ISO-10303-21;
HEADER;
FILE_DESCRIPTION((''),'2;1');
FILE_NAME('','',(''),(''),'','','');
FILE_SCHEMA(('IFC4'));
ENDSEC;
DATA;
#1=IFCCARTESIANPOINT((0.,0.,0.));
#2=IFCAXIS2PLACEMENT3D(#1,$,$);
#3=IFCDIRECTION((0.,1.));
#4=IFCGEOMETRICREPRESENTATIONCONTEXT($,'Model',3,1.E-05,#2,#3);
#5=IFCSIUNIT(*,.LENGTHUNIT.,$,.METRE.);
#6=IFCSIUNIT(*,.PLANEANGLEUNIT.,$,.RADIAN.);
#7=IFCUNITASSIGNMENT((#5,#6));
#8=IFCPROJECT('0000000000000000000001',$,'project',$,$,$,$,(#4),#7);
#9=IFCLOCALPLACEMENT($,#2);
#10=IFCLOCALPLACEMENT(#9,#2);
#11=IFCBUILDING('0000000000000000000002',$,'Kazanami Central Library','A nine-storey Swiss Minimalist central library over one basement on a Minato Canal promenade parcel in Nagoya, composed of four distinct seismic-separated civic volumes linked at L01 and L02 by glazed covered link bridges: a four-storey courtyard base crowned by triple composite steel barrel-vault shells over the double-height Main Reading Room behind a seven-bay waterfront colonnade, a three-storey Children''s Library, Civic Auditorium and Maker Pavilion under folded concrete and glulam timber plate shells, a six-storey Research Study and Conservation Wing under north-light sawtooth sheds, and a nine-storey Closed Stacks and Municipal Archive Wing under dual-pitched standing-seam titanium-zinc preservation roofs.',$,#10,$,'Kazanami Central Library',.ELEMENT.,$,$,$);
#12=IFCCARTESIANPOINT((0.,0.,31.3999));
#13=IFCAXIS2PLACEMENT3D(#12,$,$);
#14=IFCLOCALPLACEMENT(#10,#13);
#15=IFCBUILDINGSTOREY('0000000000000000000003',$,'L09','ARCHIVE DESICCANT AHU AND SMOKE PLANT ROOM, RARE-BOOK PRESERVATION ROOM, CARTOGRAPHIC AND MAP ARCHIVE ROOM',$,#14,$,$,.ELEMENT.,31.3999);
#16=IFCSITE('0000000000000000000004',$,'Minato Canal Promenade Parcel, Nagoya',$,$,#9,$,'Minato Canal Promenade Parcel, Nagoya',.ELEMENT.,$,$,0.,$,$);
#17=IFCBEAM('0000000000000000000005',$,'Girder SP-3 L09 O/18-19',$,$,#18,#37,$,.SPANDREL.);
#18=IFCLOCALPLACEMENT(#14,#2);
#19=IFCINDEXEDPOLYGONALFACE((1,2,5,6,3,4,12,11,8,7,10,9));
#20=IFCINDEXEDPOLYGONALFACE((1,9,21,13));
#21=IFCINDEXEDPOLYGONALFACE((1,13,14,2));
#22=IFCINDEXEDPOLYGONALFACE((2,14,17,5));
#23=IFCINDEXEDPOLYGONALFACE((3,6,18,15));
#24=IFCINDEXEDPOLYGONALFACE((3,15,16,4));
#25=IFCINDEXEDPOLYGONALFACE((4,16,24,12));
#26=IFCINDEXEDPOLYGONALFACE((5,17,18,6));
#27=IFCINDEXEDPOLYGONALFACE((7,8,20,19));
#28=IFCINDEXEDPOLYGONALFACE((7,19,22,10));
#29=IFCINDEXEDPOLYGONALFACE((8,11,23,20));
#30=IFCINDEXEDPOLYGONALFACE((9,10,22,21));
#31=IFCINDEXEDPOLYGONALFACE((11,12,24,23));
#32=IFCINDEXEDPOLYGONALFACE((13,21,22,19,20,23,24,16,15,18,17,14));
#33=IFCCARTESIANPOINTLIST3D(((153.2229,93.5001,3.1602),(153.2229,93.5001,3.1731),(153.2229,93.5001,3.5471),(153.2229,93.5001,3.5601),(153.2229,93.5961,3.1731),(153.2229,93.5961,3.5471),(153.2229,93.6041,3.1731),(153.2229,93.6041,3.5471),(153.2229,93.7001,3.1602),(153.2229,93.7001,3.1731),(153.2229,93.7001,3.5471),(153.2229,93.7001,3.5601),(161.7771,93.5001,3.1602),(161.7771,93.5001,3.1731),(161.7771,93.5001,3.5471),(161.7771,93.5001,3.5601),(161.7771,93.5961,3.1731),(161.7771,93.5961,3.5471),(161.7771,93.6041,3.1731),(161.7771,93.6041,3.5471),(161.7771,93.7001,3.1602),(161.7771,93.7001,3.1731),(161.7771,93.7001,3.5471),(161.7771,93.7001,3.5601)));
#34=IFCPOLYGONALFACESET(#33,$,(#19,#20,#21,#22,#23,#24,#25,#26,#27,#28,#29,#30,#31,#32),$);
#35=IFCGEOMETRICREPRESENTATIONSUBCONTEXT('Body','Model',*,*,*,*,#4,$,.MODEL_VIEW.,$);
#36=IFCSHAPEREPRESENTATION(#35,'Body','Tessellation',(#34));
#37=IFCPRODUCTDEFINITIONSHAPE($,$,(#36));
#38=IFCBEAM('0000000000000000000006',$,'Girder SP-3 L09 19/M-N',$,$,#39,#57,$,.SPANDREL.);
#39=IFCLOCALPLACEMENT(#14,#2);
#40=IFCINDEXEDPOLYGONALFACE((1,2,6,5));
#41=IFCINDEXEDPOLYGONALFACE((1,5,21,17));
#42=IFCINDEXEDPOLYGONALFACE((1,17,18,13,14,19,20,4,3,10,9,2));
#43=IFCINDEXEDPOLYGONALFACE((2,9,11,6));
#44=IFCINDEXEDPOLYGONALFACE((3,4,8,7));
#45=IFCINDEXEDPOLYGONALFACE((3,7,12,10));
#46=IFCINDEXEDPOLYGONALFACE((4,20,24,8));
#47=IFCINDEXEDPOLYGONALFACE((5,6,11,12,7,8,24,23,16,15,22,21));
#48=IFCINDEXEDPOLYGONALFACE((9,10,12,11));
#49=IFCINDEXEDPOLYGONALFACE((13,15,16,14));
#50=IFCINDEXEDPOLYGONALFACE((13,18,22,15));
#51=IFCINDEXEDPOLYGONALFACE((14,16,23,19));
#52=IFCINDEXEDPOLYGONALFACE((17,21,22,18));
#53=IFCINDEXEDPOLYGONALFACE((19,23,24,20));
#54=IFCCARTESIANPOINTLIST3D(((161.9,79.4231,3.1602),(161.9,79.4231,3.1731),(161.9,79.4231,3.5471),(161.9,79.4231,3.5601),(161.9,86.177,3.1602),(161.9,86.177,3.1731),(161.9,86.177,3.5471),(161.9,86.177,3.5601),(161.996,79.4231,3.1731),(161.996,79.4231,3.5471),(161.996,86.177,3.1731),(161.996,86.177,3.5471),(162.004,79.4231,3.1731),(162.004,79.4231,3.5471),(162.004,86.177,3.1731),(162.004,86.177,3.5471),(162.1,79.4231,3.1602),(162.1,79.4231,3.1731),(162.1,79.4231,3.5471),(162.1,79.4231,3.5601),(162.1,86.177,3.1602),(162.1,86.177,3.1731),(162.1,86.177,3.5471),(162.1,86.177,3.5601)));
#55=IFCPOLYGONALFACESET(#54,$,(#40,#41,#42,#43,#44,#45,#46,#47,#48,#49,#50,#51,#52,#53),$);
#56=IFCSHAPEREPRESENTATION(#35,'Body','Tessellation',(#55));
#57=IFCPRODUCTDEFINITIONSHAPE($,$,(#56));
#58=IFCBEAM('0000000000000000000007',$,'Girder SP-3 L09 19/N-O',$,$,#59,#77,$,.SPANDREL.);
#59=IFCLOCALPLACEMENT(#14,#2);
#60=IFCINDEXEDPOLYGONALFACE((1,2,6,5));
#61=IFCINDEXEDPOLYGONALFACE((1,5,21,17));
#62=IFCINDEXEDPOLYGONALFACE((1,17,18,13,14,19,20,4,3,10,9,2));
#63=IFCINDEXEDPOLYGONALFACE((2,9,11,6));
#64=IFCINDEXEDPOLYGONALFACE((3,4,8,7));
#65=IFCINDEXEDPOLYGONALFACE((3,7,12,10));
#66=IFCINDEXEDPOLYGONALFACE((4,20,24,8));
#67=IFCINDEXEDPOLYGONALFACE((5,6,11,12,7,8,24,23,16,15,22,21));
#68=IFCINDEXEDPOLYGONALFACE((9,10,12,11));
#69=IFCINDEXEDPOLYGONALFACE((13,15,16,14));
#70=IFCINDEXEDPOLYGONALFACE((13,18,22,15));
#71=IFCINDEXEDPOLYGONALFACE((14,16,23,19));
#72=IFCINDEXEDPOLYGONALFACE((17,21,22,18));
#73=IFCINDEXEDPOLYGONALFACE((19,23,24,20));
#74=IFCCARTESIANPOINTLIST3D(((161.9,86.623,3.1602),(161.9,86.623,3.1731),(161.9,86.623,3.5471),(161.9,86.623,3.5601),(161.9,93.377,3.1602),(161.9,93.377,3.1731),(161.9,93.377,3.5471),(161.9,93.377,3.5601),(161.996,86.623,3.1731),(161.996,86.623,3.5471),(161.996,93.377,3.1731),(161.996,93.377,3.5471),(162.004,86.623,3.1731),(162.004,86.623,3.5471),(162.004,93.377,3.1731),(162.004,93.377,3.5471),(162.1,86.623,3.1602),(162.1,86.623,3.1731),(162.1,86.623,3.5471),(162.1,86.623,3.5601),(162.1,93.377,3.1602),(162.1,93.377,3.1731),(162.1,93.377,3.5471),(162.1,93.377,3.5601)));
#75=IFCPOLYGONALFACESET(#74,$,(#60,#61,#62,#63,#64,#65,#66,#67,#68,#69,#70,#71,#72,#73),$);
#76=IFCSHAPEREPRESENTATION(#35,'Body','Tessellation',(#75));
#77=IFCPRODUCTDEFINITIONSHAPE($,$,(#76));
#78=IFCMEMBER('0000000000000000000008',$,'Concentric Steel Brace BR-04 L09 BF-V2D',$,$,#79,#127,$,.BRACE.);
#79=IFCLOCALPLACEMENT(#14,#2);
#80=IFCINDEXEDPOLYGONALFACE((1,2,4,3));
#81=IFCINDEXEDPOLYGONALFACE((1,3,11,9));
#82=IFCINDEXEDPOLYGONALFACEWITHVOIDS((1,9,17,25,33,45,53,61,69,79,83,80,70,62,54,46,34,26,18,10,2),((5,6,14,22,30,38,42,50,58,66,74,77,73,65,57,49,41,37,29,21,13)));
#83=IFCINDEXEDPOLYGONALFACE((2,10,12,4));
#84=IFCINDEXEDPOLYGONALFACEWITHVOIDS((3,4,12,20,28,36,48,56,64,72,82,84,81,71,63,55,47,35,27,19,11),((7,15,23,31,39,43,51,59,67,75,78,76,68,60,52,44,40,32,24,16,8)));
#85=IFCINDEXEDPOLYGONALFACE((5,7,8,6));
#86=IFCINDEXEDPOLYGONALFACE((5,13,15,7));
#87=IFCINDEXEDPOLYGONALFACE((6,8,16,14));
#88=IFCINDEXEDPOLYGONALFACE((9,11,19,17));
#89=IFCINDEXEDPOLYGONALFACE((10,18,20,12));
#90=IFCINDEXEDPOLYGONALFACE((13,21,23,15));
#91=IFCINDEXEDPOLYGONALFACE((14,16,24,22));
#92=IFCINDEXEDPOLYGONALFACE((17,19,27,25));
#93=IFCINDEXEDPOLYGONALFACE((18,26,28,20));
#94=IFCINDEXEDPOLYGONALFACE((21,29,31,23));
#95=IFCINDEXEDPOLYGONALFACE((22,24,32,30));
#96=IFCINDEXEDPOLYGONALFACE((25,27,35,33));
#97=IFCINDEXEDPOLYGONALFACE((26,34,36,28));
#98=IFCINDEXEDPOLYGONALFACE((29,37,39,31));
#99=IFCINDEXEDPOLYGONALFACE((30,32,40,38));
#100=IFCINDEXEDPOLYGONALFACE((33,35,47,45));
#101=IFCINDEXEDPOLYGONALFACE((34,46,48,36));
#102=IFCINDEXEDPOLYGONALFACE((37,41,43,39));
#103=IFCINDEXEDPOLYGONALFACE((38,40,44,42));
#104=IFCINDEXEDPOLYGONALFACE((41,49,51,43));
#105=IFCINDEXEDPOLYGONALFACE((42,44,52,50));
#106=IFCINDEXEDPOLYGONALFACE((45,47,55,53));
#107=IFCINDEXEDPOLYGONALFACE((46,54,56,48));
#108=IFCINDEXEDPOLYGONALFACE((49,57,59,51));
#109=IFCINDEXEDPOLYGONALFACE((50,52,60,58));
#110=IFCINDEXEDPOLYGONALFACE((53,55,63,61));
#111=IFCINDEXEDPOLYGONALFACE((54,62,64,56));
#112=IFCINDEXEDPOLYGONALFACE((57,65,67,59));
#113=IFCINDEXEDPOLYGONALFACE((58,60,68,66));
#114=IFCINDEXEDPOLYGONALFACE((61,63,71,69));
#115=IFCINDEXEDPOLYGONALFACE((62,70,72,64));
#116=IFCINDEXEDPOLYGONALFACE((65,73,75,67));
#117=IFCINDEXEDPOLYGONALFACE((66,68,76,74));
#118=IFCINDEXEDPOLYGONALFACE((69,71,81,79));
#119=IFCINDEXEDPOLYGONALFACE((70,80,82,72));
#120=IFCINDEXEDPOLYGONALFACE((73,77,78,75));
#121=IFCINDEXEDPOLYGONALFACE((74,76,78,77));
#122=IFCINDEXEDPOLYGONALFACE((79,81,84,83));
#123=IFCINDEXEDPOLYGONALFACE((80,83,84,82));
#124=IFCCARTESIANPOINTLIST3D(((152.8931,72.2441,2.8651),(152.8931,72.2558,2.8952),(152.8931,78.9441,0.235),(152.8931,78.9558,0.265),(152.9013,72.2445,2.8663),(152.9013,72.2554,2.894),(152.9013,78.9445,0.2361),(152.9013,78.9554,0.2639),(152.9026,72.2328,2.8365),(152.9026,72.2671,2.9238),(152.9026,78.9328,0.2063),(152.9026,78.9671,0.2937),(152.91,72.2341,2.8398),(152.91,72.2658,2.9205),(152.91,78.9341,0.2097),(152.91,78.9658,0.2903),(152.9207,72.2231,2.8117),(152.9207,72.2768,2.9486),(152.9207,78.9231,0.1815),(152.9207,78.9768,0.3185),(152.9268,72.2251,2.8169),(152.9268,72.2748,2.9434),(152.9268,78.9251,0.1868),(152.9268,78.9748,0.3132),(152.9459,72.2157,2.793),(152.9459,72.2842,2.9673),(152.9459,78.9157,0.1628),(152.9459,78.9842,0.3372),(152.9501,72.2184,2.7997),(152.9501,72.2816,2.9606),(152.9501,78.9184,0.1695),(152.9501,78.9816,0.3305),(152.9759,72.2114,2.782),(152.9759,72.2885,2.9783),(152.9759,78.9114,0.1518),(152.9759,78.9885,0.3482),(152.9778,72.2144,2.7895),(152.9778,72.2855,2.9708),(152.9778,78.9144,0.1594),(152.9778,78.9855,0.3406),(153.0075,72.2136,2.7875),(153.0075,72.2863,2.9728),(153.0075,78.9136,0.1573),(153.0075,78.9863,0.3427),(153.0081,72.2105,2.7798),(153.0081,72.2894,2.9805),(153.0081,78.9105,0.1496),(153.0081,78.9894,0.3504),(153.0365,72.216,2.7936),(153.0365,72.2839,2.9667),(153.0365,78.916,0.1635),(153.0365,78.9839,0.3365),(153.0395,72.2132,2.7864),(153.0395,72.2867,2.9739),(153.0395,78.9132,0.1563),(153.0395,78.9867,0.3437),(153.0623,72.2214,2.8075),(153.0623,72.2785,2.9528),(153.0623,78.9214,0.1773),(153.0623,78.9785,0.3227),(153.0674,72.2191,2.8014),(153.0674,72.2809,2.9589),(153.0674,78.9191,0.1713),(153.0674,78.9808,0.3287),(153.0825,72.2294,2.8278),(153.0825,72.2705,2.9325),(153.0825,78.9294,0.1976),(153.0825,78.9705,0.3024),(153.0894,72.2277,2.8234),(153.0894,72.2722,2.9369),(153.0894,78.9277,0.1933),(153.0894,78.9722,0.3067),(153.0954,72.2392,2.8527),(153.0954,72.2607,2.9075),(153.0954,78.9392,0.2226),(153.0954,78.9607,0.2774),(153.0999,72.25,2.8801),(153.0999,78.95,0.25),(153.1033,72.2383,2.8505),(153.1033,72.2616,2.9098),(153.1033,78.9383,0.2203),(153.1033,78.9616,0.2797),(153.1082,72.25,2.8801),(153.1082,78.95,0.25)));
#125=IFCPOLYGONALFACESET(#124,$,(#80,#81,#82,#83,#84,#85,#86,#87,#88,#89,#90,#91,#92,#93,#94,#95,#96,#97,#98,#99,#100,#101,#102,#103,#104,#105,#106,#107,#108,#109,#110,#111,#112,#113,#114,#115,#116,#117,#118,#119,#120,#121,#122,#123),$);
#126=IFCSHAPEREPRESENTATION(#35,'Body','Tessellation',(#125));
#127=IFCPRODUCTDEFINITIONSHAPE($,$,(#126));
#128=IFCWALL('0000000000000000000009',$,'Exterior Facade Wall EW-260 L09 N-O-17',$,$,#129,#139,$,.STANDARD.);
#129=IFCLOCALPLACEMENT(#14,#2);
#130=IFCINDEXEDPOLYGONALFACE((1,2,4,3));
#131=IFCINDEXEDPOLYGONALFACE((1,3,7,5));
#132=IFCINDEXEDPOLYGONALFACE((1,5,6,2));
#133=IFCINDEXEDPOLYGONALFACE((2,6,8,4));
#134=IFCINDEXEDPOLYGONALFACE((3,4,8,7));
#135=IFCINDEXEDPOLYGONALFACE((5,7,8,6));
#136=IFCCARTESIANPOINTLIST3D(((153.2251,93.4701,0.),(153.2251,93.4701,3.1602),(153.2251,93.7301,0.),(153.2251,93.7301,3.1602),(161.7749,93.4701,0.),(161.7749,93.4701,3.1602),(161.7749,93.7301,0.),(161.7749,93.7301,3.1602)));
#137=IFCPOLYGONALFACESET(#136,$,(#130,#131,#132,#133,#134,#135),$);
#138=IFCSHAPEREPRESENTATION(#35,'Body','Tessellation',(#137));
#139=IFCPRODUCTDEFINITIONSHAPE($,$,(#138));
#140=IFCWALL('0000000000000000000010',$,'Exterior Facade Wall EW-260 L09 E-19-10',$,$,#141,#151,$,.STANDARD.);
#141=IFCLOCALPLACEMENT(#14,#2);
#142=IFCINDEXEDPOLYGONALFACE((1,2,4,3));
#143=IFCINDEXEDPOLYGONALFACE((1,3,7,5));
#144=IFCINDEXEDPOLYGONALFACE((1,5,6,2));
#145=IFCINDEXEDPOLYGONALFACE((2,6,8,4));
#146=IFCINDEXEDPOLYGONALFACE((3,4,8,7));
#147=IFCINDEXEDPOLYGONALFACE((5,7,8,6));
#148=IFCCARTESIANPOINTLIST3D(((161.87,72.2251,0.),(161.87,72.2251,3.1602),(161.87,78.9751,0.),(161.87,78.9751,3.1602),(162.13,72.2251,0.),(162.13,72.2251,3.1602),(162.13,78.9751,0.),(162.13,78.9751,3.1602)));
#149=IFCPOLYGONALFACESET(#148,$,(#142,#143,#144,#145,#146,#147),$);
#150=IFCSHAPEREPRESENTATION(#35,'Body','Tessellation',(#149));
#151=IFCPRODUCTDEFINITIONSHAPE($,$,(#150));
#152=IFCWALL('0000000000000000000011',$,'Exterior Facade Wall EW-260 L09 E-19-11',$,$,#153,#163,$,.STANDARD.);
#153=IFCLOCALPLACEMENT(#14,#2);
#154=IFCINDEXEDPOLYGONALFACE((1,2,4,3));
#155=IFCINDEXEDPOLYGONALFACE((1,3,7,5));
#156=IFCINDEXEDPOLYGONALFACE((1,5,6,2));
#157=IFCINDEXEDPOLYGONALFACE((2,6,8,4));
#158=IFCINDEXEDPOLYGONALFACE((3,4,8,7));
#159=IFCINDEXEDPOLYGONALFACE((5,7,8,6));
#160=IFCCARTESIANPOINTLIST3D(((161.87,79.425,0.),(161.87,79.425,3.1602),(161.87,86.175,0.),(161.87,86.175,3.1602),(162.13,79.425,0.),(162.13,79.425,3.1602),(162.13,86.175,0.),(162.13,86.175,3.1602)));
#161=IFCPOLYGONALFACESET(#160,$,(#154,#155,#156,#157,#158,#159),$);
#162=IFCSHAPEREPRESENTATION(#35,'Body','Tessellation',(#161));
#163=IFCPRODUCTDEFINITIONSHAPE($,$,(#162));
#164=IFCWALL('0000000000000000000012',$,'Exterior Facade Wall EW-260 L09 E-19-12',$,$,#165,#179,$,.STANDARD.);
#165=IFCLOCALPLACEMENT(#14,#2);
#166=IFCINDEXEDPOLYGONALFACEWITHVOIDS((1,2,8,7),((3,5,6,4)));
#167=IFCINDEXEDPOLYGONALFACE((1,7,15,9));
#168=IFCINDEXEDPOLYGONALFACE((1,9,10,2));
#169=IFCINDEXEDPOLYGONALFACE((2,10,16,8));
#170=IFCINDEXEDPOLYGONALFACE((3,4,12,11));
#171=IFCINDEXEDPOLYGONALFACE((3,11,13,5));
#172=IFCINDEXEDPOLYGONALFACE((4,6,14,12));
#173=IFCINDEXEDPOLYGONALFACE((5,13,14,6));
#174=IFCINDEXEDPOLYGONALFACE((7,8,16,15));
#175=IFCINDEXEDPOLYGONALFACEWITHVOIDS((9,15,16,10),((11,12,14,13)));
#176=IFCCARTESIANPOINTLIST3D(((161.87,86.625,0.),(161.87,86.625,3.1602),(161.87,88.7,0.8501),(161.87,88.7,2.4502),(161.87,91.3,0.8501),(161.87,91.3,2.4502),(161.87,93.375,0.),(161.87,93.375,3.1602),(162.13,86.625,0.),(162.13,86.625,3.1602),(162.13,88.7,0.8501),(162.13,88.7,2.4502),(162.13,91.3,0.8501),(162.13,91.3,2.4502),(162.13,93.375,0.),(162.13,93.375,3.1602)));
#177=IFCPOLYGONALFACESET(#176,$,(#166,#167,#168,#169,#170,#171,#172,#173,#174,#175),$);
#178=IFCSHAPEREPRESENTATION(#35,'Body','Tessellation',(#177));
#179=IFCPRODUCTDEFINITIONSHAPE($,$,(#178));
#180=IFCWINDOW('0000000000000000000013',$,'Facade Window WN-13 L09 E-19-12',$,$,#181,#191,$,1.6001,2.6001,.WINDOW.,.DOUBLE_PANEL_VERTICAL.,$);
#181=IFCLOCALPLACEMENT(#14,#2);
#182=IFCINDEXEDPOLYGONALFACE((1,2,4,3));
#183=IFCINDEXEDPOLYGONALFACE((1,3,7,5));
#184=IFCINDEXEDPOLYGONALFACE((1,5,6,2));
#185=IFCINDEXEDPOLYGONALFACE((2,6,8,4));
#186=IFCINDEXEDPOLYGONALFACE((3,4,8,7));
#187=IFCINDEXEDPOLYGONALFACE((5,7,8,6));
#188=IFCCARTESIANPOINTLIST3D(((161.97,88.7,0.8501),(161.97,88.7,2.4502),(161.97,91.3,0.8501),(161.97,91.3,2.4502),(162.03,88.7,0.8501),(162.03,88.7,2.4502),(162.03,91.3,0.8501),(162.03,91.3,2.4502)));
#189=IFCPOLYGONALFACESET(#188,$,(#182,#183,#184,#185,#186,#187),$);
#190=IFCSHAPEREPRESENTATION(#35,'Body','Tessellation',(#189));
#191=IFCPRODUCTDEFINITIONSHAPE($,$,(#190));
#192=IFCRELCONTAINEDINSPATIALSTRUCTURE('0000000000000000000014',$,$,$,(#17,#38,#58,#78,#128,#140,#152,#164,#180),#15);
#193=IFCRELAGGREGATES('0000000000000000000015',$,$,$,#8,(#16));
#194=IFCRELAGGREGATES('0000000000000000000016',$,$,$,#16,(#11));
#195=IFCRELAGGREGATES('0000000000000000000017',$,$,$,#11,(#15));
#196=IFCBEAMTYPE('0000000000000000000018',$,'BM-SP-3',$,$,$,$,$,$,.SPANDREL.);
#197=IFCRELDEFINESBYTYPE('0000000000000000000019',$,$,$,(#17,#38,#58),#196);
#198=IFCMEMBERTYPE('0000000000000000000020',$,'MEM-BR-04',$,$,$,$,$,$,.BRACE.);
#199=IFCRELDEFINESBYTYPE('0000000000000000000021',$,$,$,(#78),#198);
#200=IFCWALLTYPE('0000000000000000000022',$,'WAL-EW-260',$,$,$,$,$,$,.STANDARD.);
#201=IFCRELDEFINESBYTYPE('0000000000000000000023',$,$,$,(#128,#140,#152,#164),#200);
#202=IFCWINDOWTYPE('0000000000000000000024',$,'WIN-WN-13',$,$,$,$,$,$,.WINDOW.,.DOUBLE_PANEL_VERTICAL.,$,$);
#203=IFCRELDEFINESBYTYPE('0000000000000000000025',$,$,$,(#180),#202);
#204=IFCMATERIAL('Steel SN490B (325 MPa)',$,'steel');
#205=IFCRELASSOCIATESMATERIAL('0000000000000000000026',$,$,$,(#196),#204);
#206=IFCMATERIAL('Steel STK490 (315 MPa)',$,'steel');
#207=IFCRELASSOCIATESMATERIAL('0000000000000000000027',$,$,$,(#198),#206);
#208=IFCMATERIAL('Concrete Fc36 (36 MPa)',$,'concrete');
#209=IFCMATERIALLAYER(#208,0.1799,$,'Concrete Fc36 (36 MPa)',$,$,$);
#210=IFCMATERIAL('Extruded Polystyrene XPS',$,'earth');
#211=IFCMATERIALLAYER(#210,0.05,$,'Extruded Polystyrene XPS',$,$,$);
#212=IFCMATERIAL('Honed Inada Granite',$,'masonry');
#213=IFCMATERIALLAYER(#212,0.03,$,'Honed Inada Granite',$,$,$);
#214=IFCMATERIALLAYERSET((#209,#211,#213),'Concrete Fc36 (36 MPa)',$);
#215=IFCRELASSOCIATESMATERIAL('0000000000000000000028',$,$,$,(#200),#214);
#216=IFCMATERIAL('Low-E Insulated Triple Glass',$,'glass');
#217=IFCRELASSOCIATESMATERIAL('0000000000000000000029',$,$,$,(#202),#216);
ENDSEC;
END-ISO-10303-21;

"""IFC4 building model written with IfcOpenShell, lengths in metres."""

from ifc_helpers import new_model, si_unit, direction, frame, frame_2d, origin, origin_2d, place, context, subcontext, project, spatial, rectangle, hollow_circle, i_section, extrude, material, layer, layer_set, material_profile, profile_set, type_object, element, fill, save


model = new_model("IFC4")

# Units and contexts
model_context = context("Model", 3, precision=1e-05, world=origin(), true_north=direction((0.0, 1.0)))
body_context = subcontext(model_context, "Body", "Model", "MODEL_VIEW")
ifc_project = project(units=[si_unit("LENGTHUNIT", "METRE"), si_unit("PLANEANGLEUNIT", "RADIAN")], contexts=[model_context])

# Site, building, storey
site_placement = place(None, origin())
site = spatial("IfcSite", under=ifc_project, at=site_placement, Name="Minato Canal Promenade Parcel, Nagoya", LongName="Minato Canal Promenade Parcel, Nagoya", CompositionType="ELEMENT", RefElevation=0.0)
building_placement = place(site_placement, origin())
building = spatial("IfcBuilding", under=site, at=building_placement, Name="Kazanami Central Library", Description="A nine-storey Swiss Minimalist central library over one basement on a Minato Canal promenade parcel in Nagoya, composed of four distinct seismic-separated civic volumes linked at L01 and L02 by glazed covered link bridges: a four-storey courtyard base crowned by triple composite steel barrel-vault shells over the double-height Main Reading Room behind a seven-bay waterfront colonnade, a three-storey Children's Library, Civic Auditorium and Maker Pavilion under folded concrete and glulam timber plate shells, a six-storey Research Study and Conservation Wing under north-light sawtooth sheds, and a nine-storey Closed Stacks and Municipal Archive Wing under dual-pitched standing-seam titanium-zinc preservation roofs.", LongName="Kazanami Central Library", CompositionType="ELEMENT")
storey_placement = place(building_placement, frame((0.0, 0.0, 31.3999)))
storey = spatial("IfcBuildingStorey", under=building, at=storey_placement, Name="L09", Description="ARCHIVE DESICCANT AHU AND SMOKE PLANT ROOM, RARE-BOOK PRESERVATION ROOM, CARTOGRAPHIC AND MAP ARCHIVE ROOM", CompositionType="ELEMENT", Elevation=31.3999)

# Beams
ifc_material_1 = material(Name="Steel SN490B (325 MPa)", Category="steel")
ifc_material_profile_1 = material_profile(ifc_material_1, i_section(OverallWidth=0.2, OverallDepth=0.3999, WebThickness=0.0081, FlangeThickness=0.0129, at=origin_2d()), Name="H-400x200x8x13")
ifc_profile_set_1 = profile_set([ifc_material_profile_1], Name="Steel SN490B (325 MPa)")
beam_type_1 = type_object("IfcBeamType", Name="BM-SP-3", PredefinedType="SPANDREL", material=ifc_profile_set_1)
beam_1_placement = place(storey_placement, frame((153.2229, 93.6001, 3.3601), z_axis=(1.0, 0.0, 0.0), x_axis=(0.0, 1.0, 0.0)))
element("IfcBeam", 1, at=beam_1_placement, inside=storey, type_object=beam_type_1, Name="Girder SP-3 L09 O/18-19", PredefinedType="SPANDREL", context=body_context, shape_type="SweptSolid", body=[
    extrude(i_section(OverallWidth=0.2, OverallDepth=0.3999, WebThickness=0.0081, FlangeThickness=0.0129, at=origin_2d()), origin(), (0.0, 0.0, 1.0), 8.5542),
])
for number, where, z_axis, x_axis, name in (
    (2, (162.0, 79.4231, 3.3601), (0.0, 1.0, 0.0), (-1.0, 0.0, 0.0), "Girder SP-3 L09 19/M-N"),
    (3, (162.0, 86.623, 3.3601), (0.0, 1.0, 0.0), (-1.0, 0.0, 0.0), "Girder SP-3 L09 19/N-O"),
):
    element("IfcBeam", number, at=place(storey_placement, frame(where, z_axis=z_axis, x_axis=x_axis)), inside=storey, type_object=beam_type_1, Name=name, PredefinedType="SPANDREL", context=body_context, shape_type="SweptSolid", body=[
        extrude(i_section(OverallWidth=0.2, OverallDepth=0.3999, WebThickness=0.0081, FlangeThickness=0.0129, at=origin_2d()), origin(), (0.0, 0.0, 1.0), 6.7539),
    ])

# Member
ifc_material_2 = material(Name="Steel STK490 (315 MPa)", Category="steel")
ifc_material_profile_2 = material_profile(ifc_material_2, hollow_circle(Radius=0.1082, WallThickness=0.0083, at=origin_2d()), Name="CHS-216.3x8.2")
ifc_profile_set_2 = profile_set([ifc_material_profile_2], Name="Steel STK490 (315 MPa)")
member_type = type_object("IfcMemberType", Name="MEM-BR-04", PredefinedType="BRACE", material=ifc_profile_set_2)
member_placement = place(storey_placement, frame((153.0, 78.95, 0.25), z_axis=(0.0, -0.930846, 0.365412), x_axis=(1.0, 0.0, 0.0)))
element("IfcMember", 4, at=member_placement, inside=storey, type_object=member_type, Name="Concentric Steel Brace BR-04 L09 BF-V2D", PredefinedType="BRACE", context=body_context, shape_type="SweptSolid", body=[
    extrude(hollow_circle(Radius=0.1082, WallThickness=0.0083, at=origin_2d()), origin(), (0.0, 0.0, 1.0), 7.1978),
])

# Walls
ifc_material_3 = material(Name="Concrete Fc36 (36 MPa)", Category="concrete")
ifc_layer_1 = layer(ifc_material_3, 0.1799, Name="Concrete Fc36 (36 MPa)")
ifc_material_4 = material(Name="Extruded Polystyrene XPS", Category="earth")
ifc_layer_2 = layer(ifc_material_4, 0.05, Name="Extruded Polystyrene XPS")
ifc_material_5 = material(Name="Honed Inada Granite", Category="masonry")
ifc_layer_3 = layer(ifc_material_5, 0.03, Name="Honed Inada Granite")
ifc_layer_set_1 = layer_set([ifc_layer_1, ifc_layer_2, ifc_layer_3], Name="Concrete Fc36 (36 MPa)")
wall_type_1 = type_object("IfcWallType", Name="WAL-EW-260", PredefinedType="STANDARD", material=ifc_layer_set_1)
wall_1_placement = place(storey_placement, frame((161.7749, 93.6001, 0.0), z_axis=(0.0, 0.0, 1.0), x_axis=(-1.0, 0.0, 0.0)))
element("IfcWall", 5, at=wall_1_placement, inside=storey, type_object=wall_type_1, Name="Exterior Facade Wall EW-260 L09 N-O-17", PredefinedType="STANDARD", context=body_context, shape_type="SweptSolid", body=[
    extrude(rectangle(XDim=8.5498, YDim=0.26, at=frame_2d((4.2749, 0.0))), origin(), (0.0, 0.0, 1.0), 3.1602),
])
for number, where, z_axis, x_axis, name in (
    (6, (162.0, 78.9751, 0.0), (0.0, 0.0, 1.0), (0.0, -1.0, 0.0), "Exterior Facade Wall EW-260 L09 E-19-10"),
    (7, (162.0, 86.175, 0.0), (0.0, 0.0, 1.0), (0.0, -1.0, 0.0), "Exterior Facade Wall EW-260 L09 E-19-11"),
):
    element("IfcWall", number, at=place(storey_placement, frame(where, z_axis=z_axis, x_axis=x_axis)), inside=storey, type_object=wall_type_1, Name=name, PredefinedType="STANDARD", context=body_context, shape_type="SweptSolid", body=[
        extrude(rectangle(XDim=6.75, YDim=0.26, at=frame_2d((3.375, 0.0))), origin(), (0.0, 0.0, 1.0), 3.1602),
    ])

# Wall, opening, window
wall_2_placement = place(storey_placement, frame((162.0, 93.375, 0.0), z_axis=(0.0, 0.0, 1.0), x_axis=(0.0, -1.0, 0.0)))
wall_2 = element("IfcWall", 8, at=wall_2_placement, inside=storey, type_object=wall_type_1, Name="Exterior Facade Wall EW-260 L09 E-19-12", PredefinedType="STANDARD", context=body_context, shape_type="SweptSolid", body=[
    extrude(rectangle(XDim=6.75, YDim=0.26, at=frame_2d((3.375, 0.0))), origin(), (0.0, 0.0, 1.0), 3.1602),
])
opening_1_placement = place(wall_2_placement, frame((2.075, 0.0, 0.8501)))
opening_1 = element("IfcOpeningElement", 9, at=opening_1_placement, cuts=wall_2, PredefinedType="OPENING", context=body_context, shape_type="SweptSolid", body=[
    extrude(rectangle(XDim=2.6001, YDim=1.6001, at=frame_2d((1.3, 0.8))), frame((0.0, 0.1421, 0.0), z_axis=(0.0, -1.0, 0.0), x_axis=(1.0, 0.0, 0.0)), (0.0, 0.0, 1.0), 0.2839),
])
ifc_material_6 = material(Name="Low-E Insulated Triple Glass", Category="glass")
window_type = type_object("IfcWindowType", Name="WIN-WN-13", PartitioningType="DOUBLE_PANEL_VERTICAL", PredefinedType="WINDOW", material=ifc_material_6)
window_placement = place(opening_1_placement, origin())
window = element("IfcWindow", 10, at=window_placement, inside=storey, type_object=window_type, Name="Facade Window WN-13 L09 E-19-12", OverallHeight=1.6001, OverallWidth=2.6001, PartitioningType="DOUBLE_PANEL_VERTICAL", PredefinedType="WINDOW", context=body_context, shape_type="SweptSolid", body=[
    extrude(rectangle(XDim=2.6001, YDim=1.6001, at=frame_2d((1.3, 0.8))), frame((0.0, 0.03, 0.0), z_axis=(0.0, -1.0, 0.0), x_axis=(1.0, 0.0, 0.0)), (0.0, 0.0, 1.0), 0.0601),
])
fill(opening_1, window)

save(model, "model.ifc")
